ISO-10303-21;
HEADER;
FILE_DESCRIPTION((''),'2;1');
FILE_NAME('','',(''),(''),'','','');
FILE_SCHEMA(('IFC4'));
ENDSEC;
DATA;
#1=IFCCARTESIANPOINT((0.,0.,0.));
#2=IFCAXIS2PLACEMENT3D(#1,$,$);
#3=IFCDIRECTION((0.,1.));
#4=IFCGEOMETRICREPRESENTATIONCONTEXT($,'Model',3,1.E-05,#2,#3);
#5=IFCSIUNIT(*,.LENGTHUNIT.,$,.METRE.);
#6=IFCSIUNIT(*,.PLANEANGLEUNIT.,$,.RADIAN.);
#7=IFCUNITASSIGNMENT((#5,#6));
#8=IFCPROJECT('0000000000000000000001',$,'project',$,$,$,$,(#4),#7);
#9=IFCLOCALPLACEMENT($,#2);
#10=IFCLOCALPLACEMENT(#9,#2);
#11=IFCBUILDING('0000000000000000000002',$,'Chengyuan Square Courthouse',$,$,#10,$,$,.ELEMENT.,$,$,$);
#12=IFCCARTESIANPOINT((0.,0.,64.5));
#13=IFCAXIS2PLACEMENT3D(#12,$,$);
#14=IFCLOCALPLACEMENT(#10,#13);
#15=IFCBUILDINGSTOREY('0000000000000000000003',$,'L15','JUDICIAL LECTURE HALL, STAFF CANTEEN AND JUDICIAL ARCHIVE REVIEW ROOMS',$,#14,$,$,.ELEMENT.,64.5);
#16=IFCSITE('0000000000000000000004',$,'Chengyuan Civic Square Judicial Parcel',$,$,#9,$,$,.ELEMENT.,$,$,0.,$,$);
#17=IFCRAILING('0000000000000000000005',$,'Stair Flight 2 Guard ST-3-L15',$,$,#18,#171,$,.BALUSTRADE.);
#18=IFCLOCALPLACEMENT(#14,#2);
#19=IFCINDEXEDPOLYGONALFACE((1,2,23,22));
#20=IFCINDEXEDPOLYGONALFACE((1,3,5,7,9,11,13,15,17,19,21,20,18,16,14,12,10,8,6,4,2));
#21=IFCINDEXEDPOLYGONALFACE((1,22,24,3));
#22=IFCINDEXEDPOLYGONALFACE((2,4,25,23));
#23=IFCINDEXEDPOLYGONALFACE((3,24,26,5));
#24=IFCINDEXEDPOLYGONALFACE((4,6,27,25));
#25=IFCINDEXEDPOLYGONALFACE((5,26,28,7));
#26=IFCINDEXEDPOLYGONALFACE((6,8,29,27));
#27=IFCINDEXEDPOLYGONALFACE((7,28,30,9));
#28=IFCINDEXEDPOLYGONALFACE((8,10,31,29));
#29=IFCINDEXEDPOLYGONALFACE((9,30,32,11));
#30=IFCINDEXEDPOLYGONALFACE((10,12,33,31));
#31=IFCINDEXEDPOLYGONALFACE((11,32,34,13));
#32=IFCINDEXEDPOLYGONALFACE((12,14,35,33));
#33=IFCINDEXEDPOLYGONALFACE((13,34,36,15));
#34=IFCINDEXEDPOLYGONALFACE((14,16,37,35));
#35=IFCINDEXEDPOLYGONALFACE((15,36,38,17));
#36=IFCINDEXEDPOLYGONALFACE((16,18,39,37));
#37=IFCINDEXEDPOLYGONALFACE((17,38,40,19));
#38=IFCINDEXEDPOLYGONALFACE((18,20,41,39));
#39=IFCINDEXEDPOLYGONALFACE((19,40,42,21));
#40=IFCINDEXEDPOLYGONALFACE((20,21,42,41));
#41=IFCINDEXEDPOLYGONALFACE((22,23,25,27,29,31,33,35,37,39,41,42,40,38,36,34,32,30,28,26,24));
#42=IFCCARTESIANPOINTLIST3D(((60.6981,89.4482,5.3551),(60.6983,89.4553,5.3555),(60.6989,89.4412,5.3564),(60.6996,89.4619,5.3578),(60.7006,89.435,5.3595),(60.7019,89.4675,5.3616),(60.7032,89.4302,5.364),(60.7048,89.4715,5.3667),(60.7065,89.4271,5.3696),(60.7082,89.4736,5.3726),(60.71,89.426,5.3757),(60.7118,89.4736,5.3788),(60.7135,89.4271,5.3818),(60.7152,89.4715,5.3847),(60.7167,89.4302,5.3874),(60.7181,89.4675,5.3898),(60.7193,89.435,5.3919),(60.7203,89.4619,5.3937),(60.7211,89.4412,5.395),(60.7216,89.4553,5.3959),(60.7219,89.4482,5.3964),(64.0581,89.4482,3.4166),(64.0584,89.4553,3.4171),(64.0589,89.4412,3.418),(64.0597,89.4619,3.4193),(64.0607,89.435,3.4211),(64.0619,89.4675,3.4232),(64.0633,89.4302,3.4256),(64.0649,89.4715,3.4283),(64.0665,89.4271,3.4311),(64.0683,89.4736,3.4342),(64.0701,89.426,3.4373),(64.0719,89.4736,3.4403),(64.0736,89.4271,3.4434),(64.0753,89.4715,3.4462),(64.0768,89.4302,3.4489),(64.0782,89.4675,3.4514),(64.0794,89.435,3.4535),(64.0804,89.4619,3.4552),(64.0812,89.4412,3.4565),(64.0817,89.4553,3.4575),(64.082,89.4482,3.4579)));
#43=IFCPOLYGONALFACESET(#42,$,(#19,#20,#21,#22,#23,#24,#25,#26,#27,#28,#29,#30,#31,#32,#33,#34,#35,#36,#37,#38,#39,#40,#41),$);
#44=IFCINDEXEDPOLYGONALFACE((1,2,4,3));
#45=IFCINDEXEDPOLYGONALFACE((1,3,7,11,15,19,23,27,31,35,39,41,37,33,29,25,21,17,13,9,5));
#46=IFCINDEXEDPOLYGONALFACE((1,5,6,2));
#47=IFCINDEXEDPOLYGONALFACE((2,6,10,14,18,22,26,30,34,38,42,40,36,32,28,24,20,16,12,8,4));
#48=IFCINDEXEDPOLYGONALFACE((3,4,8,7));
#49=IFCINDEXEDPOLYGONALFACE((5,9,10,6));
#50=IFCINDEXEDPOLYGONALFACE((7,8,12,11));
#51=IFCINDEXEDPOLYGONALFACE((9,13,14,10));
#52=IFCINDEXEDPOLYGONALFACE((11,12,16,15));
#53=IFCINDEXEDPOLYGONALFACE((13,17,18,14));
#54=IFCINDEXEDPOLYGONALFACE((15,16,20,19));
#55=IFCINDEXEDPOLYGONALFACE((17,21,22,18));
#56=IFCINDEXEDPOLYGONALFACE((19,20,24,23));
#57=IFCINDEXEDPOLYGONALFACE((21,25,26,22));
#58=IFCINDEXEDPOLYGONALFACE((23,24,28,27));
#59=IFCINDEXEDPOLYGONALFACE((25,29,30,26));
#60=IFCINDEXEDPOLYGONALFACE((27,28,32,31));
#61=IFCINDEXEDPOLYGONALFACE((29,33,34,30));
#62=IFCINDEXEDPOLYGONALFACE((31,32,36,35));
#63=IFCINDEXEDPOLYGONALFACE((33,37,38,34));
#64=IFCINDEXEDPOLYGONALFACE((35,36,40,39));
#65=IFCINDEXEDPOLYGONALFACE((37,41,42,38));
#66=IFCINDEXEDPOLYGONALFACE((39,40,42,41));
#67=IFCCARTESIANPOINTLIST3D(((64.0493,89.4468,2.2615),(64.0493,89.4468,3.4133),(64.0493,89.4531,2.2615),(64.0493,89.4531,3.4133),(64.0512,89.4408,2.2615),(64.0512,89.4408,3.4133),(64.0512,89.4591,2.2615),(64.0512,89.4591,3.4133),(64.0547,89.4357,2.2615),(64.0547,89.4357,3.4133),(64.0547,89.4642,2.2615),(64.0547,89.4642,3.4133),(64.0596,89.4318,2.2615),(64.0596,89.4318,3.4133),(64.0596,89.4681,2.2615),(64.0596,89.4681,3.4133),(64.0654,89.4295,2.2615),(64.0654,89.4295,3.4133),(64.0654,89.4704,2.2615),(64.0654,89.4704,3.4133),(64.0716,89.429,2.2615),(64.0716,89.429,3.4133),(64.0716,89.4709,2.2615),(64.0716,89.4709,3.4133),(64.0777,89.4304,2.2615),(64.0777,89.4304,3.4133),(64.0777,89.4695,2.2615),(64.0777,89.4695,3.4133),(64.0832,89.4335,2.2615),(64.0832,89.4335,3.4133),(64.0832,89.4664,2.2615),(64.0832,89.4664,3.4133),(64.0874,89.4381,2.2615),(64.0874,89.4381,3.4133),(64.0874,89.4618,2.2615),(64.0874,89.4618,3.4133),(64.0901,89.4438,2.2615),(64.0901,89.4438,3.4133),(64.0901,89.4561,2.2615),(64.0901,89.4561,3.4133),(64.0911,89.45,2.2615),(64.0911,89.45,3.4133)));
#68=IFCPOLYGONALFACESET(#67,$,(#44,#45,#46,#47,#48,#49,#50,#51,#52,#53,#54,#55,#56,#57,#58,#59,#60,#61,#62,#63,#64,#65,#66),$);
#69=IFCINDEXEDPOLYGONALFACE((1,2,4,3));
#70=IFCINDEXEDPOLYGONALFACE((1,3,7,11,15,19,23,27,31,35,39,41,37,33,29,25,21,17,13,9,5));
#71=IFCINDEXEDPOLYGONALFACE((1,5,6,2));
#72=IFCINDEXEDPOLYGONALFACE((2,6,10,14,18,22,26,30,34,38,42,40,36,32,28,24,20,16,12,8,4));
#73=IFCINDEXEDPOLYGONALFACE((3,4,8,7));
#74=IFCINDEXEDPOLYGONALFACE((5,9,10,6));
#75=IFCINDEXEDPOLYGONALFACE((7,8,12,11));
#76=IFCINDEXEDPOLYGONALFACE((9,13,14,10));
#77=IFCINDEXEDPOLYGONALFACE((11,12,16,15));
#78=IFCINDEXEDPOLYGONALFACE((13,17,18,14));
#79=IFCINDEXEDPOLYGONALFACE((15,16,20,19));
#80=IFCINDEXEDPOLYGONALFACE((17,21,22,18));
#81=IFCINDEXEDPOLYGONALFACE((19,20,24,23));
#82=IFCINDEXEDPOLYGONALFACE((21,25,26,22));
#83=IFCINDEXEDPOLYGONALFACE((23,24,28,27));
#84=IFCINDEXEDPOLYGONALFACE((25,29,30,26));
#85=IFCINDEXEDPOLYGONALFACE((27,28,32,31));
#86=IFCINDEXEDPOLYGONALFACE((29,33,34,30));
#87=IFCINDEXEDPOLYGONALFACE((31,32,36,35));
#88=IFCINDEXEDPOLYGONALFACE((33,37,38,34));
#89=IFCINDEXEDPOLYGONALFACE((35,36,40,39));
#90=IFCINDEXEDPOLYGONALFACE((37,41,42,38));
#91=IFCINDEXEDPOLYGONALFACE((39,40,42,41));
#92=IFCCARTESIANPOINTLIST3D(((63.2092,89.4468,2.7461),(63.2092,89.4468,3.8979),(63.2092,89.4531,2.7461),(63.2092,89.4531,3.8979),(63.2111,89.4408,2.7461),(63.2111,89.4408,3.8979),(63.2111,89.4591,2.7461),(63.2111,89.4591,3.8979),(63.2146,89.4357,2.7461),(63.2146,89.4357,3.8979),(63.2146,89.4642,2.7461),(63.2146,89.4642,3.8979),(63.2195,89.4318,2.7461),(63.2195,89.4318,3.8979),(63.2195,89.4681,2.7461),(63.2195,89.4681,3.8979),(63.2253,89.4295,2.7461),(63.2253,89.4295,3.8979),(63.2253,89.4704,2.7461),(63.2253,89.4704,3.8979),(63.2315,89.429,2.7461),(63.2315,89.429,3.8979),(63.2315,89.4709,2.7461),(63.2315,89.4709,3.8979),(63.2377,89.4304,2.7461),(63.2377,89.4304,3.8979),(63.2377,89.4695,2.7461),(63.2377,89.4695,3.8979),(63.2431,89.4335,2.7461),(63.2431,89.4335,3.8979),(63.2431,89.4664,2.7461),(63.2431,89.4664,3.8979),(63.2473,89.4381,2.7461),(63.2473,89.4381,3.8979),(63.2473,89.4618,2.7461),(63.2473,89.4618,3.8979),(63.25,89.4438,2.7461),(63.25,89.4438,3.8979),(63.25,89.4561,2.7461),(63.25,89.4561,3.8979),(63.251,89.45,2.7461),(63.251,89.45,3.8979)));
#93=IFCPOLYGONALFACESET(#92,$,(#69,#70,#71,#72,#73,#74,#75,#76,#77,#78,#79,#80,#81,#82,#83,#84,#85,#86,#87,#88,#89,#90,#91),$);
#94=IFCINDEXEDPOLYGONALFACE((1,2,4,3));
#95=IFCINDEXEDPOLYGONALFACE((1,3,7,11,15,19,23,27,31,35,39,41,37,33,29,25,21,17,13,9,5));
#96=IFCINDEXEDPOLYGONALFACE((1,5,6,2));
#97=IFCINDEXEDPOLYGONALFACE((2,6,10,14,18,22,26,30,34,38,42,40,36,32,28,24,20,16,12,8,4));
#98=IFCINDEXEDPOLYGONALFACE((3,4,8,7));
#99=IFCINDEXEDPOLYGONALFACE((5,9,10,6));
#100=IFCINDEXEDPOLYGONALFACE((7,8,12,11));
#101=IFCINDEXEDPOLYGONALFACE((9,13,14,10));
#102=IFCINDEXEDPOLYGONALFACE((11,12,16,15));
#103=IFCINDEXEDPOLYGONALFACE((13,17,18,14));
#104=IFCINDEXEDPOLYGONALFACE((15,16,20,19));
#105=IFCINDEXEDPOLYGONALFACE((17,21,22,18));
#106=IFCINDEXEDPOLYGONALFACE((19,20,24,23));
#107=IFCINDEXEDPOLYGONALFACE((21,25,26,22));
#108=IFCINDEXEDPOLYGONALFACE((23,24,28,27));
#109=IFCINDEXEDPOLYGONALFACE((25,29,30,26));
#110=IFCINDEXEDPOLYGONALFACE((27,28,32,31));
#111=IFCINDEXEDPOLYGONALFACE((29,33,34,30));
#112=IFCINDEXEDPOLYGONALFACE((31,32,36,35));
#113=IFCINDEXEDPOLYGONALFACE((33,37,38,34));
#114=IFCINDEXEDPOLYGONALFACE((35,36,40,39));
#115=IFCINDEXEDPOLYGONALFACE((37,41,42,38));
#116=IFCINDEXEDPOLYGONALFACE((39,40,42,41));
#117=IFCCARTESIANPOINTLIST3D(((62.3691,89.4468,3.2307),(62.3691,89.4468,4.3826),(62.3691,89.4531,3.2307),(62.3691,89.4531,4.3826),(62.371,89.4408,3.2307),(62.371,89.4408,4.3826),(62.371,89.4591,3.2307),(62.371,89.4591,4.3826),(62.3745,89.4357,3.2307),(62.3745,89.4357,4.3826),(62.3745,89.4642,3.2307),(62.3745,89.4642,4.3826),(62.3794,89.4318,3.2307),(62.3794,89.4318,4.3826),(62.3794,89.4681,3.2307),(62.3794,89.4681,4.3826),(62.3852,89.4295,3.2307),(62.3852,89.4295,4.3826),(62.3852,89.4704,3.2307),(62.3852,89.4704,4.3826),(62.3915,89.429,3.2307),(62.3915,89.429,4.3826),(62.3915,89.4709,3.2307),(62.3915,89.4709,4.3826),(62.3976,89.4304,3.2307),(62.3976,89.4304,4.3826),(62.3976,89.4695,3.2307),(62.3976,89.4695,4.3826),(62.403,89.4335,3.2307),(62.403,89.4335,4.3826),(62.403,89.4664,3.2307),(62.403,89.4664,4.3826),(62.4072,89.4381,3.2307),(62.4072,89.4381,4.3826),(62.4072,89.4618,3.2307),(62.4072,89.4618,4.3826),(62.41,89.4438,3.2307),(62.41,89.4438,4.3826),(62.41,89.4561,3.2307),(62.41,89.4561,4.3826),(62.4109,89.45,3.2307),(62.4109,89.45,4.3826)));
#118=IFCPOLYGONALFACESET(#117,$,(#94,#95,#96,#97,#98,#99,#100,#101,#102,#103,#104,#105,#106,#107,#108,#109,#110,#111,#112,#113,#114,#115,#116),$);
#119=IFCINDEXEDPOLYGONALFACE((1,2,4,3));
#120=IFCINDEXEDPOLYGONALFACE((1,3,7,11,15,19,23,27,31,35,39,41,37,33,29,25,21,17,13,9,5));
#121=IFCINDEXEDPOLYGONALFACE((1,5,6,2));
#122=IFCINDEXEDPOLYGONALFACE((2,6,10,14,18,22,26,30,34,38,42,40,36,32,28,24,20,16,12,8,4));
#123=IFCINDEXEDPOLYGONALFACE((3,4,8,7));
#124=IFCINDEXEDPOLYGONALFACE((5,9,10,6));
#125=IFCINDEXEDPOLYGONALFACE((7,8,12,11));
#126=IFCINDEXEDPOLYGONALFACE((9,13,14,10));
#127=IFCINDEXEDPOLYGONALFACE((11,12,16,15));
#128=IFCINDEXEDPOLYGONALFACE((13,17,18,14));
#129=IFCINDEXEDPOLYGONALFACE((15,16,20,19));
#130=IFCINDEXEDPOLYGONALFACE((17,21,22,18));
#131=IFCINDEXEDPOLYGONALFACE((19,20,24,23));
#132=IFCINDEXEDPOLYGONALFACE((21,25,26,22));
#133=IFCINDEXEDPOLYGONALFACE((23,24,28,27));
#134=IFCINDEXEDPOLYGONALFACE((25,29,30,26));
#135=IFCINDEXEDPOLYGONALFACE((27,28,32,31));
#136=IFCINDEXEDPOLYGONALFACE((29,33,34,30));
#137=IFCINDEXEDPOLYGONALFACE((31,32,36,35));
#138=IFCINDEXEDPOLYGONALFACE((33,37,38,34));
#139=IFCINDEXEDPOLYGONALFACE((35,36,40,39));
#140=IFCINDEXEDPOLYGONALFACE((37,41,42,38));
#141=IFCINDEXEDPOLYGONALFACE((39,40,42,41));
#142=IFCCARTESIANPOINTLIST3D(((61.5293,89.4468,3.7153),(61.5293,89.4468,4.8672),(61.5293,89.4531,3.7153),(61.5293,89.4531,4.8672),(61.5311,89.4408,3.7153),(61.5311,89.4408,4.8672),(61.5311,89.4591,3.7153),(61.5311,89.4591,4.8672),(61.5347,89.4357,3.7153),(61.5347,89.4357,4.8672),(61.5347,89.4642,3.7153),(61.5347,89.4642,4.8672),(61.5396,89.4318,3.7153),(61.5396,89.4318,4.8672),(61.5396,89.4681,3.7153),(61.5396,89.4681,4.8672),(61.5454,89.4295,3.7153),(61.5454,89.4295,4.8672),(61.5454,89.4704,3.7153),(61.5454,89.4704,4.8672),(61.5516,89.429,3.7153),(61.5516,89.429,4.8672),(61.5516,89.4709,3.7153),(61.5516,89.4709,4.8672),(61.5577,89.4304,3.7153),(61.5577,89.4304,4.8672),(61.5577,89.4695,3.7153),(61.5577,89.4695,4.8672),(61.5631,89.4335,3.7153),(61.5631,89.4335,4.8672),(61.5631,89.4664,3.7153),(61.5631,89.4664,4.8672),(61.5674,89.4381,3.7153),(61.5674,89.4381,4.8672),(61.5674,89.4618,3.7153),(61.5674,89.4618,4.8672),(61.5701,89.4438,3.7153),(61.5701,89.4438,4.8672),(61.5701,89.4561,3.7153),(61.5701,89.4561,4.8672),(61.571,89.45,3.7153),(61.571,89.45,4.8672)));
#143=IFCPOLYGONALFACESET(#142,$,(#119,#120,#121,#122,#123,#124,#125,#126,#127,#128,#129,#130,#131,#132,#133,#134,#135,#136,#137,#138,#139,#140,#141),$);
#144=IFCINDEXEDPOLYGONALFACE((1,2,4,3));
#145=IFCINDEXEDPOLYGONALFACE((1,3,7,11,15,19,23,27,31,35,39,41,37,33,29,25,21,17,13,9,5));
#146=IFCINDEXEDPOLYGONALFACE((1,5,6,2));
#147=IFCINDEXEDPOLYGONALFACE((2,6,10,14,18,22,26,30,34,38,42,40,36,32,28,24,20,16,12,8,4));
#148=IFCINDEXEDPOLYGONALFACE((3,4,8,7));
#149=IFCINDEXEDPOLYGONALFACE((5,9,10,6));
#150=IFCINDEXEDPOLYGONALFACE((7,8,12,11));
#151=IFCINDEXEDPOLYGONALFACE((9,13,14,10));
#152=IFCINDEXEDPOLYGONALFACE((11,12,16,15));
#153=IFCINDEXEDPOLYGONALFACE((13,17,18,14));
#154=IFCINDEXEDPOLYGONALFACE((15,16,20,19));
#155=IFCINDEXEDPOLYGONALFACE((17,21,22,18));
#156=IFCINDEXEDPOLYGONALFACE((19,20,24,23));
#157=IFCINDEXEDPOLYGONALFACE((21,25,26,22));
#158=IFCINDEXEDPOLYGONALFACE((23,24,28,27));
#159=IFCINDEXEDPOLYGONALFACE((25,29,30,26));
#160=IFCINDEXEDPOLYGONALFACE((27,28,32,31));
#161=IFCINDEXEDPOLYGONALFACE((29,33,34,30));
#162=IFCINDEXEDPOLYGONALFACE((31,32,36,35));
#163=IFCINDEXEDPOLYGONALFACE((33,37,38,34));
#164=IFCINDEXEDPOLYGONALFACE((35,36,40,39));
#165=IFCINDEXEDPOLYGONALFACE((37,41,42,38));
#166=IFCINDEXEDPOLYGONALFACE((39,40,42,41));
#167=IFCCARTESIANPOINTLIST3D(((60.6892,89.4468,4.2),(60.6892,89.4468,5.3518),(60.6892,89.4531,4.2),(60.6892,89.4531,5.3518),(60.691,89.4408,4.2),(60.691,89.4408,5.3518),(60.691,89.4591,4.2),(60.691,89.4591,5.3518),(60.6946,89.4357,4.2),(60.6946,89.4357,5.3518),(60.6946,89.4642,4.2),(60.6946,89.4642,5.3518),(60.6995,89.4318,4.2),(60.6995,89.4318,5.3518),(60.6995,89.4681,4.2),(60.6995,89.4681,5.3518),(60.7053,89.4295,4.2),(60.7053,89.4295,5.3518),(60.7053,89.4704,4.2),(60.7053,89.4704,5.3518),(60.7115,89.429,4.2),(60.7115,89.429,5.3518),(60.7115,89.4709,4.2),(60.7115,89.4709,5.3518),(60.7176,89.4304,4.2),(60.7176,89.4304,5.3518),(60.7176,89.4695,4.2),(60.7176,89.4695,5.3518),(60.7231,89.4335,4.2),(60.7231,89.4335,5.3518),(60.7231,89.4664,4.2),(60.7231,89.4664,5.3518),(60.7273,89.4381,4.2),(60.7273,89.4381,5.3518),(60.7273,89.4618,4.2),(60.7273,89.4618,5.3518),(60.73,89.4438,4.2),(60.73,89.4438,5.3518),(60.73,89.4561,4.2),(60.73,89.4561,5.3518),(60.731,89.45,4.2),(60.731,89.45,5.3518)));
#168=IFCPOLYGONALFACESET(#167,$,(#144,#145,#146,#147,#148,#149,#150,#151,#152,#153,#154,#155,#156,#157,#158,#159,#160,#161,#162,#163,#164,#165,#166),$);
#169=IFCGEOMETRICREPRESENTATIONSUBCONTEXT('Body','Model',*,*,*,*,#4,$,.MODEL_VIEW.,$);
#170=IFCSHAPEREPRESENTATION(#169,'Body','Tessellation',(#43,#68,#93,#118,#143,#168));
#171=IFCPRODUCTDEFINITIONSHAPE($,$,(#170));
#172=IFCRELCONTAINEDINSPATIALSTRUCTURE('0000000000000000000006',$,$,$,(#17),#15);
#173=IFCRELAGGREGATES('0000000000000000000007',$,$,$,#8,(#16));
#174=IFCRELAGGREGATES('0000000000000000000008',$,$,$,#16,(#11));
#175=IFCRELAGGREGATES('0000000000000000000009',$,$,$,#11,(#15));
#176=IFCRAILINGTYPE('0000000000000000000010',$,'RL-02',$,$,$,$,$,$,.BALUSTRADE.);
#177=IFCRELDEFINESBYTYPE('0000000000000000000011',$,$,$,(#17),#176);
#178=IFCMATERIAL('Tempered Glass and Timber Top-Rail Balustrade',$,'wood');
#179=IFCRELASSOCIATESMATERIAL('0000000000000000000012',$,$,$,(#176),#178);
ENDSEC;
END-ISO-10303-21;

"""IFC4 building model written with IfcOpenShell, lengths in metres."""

from ifc_helpers import new_model, si_unit, direction, frame, origin, origin_2d, place, context, subcontext, project, spatial, circle, extrude, material, type_object, element, save


model = new_model("IFC4")

# Units and contexts
model_context = context("Model", 3, precision=1e-05, world=origin(), true_north=direction((0.0, 1.0)))
body_context = subcontext(model_context, "Body", "Model", "MODEL_VIEW")
ifc_project = project(units=[si_unit("LENGTHUNIT", "METRE"), si_unit("PLANEANGLEUNIT", "RADIAN")], contexts=[model_context])

# Site, building, storey
site_placement = place(None, origin())
site = spatial("IfcSite", under=ifc_project, at=site_placement, Name="Chengyuan Civic Square Judicial Parcel", CompositionType="ELEMENT", RefElevation=0.0)
building_placement = place(site_placement, origin())
building = spatial("IfcBuilding", under=site, at=building_placement, Name="Chengyuan Square Courthouse", CompositionType="ELEMENT")
storey_placement = place(building_placement, frame((0.0, 0.0, 64.5)))
storey = spatial("IfcBuildingStorey", under=building, at=storey_placement, Name="L15", Description="JUDICIAL LECTURE HALL, STAFF CANTEEN AND JUDICIAL ARCHIVE REVIEW ROOMS", CompositionType="ELEMENT", Elevation=64.5)

# Railing
ifc_material_1 = material(Name="Tempered Glass and Timber Top-Rail Balustrade", Category="wood")
railing_type_1 = type_object("IfcRailingType", Name="RL-02", PredefinedType="BALUSTRADE", material=ifc_material_1)
railing_1_placement = place(storey_placement, frame((64.0701, 89.45, 2.2615)))
element("IfcRailing", 1, at=railing_1_placement, inside=storey, type_object=railing_type_1, Name="Stair Flight 2 Guard ST-3-L15", PredefinedType="BALUSTRADE", context=body_context, shape_type="SweptSolid", body=[
    extrude(circle(Radius=0.0239, at=origin_2d()), frame((0.0, 0.0, 1.1758), z_axis=(-0.866191, 0.0, 0.499713), x_axis=(0.0, -1.0, 0.0)), (0.0, 0.0, 1.0), 3.8792),
    extrude(circle(Radius=0.021, at=origin_2d()), origin(), (0.0, 0.0, 1.0), 1.1519),
    extrude(circle(Radius=0.021, at=origin_2d()), frame((-0.8401, 0.0, 0.4846)), (0.0, 0.0, 1.0), 1.1519),
    extrude(circle(Radius=0.021, at=origin_2d()), frame((-1.6802, 0.0, 0.9692)), (0.0, 0.0, 1.0), 1.1519),
    extrude(circle(Radius=0.021, at=origin_2d()), frame((-2.52, 0.0, 1.4539)), (0.0, 0.0, 1.0), 1.1519),
    extrude(circle(Radius=0.021, at=origin_2d()), frame((-3.3601, 0.0, 1.9385)), (0.0, 0.0, 1.0), 1.1519),
])

save(model, "model.ifc")
